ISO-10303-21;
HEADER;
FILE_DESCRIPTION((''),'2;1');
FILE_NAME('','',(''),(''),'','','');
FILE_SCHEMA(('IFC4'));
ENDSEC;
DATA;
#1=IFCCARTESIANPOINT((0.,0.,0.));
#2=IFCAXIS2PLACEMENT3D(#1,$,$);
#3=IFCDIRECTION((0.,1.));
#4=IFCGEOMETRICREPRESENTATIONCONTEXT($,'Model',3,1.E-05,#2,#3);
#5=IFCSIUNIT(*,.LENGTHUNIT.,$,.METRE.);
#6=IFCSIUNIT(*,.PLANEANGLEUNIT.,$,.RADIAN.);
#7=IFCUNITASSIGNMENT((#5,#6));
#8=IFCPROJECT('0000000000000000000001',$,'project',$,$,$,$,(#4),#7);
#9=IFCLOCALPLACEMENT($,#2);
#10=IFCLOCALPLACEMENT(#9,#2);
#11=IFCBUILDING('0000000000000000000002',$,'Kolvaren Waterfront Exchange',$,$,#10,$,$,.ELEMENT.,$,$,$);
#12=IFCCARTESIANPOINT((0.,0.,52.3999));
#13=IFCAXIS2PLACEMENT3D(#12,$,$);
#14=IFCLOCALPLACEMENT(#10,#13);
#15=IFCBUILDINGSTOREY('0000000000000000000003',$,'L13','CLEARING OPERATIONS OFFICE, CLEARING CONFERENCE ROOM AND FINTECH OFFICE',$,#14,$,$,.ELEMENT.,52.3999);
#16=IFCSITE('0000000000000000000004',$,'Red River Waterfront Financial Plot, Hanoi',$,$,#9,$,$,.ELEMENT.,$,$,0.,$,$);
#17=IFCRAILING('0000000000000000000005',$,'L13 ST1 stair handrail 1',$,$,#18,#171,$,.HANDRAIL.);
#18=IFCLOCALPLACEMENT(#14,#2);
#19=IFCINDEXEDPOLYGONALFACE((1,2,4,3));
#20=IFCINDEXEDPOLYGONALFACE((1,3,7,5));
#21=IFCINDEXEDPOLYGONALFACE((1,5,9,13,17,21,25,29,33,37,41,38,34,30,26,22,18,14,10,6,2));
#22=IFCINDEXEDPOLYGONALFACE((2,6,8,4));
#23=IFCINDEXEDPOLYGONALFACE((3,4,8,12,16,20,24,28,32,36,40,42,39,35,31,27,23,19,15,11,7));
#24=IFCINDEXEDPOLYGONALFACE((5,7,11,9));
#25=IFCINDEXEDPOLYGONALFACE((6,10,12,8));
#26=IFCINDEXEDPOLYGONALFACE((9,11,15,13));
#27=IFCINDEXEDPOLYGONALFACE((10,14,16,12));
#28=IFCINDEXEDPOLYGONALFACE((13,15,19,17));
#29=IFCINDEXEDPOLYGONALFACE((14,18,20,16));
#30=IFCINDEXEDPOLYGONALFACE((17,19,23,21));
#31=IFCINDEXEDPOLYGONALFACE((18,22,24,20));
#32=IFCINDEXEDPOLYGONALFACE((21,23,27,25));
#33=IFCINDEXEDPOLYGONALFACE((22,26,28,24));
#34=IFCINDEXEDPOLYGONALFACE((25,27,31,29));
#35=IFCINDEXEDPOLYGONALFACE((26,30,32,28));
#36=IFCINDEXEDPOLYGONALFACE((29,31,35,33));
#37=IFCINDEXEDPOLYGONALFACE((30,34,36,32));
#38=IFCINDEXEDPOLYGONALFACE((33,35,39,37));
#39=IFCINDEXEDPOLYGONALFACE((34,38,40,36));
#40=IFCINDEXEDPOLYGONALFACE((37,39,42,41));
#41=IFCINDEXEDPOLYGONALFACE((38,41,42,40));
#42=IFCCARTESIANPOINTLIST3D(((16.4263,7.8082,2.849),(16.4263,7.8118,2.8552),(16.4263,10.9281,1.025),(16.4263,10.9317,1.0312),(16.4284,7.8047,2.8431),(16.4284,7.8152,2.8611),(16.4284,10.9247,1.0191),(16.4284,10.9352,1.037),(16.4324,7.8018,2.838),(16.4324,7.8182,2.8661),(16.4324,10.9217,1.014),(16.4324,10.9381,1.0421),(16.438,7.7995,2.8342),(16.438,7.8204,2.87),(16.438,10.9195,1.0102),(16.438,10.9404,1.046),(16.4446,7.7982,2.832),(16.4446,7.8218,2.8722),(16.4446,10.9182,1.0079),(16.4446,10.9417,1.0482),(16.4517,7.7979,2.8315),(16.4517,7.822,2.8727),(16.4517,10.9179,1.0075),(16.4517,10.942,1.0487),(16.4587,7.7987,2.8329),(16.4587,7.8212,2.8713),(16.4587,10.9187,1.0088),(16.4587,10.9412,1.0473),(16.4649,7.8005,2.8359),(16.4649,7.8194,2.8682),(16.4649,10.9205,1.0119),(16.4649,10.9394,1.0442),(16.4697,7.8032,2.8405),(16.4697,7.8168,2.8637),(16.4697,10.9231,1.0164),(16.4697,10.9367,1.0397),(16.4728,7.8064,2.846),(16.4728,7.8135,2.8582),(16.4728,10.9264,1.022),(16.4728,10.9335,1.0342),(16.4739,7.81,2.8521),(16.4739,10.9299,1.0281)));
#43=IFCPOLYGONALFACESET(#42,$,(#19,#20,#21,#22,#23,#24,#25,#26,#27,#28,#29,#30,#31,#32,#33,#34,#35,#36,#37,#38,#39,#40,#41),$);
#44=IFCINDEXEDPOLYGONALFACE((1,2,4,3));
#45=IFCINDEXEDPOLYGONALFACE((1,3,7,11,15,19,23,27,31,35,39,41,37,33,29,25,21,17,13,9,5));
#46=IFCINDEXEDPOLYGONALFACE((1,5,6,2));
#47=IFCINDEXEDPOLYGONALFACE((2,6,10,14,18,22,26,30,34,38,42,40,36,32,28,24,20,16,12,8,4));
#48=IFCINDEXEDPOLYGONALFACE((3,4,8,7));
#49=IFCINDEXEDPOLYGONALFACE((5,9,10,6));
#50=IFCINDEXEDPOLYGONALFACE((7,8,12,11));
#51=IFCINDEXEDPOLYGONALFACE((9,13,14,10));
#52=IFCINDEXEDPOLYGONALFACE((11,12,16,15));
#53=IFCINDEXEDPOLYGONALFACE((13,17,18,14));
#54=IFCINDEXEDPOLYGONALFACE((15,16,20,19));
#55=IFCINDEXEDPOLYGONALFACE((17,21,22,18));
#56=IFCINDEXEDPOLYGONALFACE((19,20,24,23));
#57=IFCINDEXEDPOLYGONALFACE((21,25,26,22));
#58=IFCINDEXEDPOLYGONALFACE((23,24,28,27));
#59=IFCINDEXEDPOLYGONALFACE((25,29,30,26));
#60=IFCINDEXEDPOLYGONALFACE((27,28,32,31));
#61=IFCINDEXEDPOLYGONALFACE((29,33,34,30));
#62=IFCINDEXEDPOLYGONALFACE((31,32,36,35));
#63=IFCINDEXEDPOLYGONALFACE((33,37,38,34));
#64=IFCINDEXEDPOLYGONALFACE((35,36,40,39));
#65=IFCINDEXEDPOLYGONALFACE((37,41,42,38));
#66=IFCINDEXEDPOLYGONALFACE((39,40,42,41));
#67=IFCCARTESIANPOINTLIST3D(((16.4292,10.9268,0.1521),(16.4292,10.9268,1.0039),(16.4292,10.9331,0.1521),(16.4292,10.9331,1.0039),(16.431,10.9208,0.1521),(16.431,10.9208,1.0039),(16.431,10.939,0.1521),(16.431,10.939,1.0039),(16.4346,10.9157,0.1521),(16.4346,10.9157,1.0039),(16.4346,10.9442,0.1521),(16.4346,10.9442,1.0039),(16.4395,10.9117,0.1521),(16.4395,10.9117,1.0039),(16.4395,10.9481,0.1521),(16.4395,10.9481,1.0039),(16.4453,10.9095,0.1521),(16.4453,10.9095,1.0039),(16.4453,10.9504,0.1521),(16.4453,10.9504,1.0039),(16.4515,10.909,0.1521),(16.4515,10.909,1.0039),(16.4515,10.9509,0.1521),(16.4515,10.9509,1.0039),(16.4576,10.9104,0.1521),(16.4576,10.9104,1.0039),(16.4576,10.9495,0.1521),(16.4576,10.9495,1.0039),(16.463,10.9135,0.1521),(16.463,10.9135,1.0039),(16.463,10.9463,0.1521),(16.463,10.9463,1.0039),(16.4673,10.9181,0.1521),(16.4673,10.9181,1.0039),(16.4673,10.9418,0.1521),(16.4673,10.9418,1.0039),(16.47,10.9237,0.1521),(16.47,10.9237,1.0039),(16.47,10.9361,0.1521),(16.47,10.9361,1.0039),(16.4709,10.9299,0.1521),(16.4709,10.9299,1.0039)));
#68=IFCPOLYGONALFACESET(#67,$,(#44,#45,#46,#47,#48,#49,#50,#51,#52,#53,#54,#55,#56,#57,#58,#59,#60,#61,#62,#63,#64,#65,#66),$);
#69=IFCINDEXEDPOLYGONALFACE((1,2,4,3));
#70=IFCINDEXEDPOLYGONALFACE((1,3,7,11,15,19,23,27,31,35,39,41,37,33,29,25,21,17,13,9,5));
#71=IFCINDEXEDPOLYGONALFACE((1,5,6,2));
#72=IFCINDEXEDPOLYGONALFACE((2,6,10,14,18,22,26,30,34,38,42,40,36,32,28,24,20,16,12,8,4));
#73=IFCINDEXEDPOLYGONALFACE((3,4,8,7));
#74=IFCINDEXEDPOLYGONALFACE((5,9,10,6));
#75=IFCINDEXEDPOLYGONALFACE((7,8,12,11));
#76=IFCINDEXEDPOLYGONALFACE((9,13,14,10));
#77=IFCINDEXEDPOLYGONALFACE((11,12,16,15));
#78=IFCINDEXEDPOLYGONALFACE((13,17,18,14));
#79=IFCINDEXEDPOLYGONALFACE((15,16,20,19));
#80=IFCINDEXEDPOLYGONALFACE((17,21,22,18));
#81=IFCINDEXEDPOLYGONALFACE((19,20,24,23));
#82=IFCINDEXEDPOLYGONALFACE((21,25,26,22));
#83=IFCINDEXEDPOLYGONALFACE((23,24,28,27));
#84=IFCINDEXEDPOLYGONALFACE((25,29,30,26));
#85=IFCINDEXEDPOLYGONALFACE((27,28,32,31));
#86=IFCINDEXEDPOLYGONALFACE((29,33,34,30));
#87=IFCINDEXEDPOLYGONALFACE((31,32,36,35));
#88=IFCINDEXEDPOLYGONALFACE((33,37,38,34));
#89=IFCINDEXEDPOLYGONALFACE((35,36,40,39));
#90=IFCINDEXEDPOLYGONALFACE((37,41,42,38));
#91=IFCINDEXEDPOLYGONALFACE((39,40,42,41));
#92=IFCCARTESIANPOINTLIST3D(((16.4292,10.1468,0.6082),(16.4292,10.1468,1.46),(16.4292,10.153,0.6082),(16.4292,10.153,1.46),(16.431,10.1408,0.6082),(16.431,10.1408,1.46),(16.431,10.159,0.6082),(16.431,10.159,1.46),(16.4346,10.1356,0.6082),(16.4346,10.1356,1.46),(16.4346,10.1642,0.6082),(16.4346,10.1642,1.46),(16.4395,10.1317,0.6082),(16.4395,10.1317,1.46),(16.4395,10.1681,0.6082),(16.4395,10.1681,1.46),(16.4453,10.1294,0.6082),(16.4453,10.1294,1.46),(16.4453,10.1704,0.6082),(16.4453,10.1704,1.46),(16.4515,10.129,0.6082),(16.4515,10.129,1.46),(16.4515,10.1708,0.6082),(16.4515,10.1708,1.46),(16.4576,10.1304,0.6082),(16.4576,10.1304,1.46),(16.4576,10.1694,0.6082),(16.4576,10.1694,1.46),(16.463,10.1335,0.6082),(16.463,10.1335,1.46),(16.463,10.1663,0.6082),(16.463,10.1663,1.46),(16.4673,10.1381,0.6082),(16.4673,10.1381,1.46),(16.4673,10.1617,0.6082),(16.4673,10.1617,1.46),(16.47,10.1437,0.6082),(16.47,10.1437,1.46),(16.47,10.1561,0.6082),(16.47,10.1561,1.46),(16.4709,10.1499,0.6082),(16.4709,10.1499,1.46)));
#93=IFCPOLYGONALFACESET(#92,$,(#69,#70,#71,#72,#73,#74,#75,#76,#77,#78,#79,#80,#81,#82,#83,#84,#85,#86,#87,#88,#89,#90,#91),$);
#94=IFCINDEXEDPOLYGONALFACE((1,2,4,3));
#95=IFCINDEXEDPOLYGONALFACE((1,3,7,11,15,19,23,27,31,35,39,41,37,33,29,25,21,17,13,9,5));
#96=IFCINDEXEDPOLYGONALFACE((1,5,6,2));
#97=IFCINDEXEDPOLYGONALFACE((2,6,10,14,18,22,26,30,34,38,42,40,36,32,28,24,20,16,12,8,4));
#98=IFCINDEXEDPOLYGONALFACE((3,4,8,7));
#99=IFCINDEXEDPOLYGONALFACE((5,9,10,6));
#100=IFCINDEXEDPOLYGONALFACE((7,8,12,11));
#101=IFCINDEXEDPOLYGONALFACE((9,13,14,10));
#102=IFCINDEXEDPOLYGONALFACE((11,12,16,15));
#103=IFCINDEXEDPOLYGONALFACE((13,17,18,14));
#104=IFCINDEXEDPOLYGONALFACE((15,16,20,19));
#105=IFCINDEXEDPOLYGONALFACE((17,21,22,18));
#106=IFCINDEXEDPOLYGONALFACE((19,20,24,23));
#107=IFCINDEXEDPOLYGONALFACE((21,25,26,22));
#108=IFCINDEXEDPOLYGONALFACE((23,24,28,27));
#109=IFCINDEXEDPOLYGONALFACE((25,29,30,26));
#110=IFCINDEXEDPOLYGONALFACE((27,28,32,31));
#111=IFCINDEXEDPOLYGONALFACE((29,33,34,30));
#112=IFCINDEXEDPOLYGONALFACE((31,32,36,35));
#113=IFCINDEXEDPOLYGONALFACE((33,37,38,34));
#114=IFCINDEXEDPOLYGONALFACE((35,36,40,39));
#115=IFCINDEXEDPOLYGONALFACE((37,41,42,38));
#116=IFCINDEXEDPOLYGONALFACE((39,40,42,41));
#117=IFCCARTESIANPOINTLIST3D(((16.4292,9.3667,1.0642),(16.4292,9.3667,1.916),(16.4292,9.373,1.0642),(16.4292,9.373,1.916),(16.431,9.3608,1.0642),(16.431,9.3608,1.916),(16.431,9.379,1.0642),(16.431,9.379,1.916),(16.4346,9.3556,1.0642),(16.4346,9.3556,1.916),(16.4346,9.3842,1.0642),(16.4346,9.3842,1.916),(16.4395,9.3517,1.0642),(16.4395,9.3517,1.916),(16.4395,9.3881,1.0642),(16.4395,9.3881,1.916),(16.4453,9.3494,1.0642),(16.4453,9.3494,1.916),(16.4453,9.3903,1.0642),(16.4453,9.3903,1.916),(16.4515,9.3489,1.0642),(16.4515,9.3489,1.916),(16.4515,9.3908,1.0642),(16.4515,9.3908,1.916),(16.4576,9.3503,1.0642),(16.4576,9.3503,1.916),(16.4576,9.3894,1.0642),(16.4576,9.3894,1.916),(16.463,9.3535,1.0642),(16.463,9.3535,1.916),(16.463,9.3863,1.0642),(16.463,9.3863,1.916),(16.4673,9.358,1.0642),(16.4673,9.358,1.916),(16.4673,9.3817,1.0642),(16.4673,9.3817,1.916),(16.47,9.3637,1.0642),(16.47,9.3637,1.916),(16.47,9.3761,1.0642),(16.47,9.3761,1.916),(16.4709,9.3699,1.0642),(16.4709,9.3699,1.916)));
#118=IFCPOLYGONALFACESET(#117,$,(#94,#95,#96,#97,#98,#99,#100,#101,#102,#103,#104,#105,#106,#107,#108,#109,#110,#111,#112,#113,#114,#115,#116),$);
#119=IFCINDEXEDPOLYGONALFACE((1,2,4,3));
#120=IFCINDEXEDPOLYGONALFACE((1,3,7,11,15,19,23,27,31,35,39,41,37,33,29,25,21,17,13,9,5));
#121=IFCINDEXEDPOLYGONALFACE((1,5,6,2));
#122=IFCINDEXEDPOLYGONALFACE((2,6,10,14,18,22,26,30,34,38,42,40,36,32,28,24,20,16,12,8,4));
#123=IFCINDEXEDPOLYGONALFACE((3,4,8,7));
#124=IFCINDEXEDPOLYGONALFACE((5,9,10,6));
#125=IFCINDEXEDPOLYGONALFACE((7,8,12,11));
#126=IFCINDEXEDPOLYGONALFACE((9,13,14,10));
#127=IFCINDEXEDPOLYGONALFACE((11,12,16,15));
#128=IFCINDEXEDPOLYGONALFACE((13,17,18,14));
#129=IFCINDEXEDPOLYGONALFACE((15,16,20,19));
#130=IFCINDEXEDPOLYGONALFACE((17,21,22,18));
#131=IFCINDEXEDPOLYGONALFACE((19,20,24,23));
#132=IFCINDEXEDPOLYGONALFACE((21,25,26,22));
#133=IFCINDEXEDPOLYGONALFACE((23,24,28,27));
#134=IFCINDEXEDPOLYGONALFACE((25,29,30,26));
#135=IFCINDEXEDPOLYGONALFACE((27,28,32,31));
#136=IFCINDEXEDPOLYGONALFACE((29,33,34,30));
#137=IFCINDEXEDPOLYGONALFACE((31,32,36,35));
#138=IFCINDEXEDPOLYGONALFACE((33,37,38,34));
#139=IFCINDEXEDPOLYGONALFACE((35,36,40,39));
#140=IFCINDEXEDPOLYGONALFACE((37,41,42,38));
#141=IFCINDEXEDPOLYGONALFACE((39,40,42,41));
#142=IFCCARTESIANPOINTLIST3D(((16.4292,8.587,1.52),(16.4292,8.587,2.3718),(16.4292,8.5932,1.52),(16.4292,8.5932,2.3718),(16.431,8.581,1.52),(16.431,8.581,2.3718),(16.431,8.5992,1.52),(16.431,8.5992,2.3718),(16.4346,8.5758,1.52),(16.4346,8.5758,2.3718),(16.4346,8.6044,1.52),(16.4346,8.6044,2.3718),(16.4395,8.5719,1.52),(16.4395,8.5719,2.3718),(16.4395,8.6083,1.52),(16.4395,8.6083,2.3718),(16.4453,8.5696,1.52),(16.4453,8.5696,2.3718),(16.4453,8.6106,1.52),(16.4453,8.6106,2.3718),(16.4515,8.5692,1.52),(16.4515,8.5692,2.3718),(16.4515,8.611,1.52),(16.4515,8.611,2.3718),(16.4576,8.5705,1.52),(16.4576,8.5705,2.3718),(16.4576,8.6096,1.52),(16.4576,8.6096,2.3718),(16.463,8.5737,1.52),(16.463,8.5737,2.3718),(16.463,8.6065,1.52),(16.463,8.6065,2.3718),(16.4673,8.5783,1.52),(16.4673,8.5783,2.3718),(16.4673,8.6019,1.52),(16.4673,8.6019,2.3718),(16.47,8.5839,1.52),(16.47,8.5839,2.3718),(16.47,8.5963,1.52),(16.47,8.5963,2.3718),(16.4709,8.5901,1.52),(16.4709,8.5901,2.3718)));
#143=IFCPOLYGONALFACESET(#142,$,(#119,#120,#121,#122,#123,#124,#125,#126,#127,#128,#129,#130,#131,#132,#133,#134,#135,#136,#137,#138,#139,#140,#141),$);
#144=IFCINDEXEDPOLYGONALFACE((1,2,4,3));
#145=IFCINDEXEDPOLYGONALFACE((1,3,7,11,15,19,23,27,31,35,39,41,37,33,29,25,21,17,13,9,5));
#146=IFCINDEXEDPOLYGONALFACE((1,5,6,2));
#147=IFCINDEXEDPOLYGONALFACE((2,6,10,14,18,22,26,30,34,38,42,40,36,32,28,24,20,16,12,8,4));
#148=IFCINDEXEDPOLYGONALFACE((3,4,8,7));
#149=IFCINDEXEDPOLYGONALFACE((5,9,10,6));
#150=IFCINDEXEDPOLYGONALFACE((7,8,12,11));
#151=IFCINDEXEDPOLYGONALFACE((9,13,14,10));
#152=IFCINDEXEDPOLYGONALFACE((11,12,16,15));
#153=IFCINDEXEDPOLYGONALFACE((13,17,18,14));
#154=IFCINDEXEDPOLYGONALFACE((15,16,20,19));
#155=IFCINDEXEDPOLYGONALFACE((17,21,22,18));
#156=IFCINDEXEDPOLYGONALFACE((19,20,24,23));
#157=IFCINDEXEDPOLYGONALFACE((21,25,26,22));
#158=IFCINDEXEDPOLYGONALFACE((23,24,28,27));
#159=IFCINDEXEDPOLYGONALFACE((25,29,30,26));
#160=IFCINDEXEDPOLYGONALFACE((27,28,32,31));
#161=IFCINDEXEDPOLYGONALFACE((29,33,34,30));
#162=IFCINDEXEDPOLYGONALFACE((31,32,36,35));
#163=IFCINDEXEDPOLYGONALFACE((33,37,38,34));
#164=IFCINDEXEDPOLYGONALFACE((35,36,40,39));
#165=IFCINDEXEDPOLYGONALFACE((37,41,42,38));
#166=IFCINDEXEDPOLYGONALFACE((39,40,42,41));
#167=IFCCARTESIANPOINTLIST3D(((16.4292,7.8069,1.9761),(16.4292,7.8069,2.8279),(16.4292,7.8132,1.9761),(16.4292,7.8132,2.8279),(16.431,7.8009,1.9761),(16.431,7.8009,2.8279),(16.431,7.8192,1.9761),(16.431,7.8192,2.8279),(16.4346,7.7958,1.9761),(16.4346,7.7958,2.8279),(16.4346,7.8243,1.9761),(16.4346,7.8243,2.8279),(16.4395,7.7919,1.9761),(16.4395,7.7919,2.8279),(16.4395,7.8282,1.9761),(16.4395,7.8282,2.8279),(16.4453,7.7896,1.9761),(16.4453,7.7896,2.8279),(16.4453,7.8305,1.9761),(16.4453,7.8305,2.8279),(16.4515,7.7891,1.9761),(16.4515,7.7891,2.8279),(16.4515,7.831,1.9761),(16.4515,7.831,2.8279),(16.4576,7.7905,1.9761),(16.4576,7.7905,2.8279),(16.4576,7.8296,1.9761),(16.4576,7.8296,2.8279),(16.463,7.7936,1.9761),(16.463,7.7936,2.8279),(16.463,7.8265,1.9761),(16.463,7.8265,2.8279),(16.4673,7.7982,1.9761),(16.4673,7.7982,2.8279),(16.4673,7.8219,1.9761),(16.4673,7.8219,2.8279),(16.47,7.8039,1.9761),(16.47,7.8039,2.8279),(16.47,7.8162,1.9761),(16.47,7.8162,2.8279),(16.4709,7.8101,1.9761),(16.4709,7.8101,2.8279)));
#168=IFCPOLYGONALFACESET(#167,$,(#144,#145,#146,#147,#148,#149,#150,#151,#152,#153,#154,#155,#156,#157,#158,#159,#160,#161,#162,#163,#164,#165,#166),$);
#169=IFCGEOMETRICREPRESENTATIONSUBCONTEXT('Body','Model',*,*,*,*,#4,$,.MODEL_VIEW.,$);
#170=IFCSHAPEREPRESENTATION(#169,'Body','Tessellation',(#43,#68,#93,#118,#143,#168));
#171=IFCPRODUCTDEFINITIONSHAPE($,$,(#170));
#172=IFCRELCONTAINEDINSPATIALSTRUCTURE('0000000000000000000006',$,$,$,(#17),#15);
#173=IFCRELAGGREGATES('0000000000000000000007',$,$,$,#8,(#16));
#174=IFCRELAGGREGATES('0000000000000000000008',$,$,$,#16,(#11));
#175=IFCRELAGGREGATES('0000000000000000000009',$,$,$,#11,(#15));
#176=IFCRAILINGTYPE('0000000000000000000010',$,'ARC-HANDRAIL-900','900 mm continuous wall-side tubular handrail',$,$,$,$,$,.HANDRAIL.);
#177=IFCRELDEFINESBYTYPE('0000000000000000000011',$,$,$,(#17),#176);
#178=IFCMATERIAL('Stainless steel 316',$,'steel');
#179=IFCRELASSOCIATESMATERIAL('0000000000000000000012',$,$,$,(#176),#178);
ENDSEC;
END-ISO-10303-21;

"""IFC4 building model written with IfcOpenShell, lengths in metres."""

from ifc_helpers import new_model, si_unit, direction, frame, origin, origin_2d, place, context, subcontext, project, spatial, circle, extrude, material, type_object, element, save


model = new_model("IFC4")

# Units and contexts
model_context = context("Model", 3, precision=1e-05, world=origin(), true_north=direction((0.0, 1.0)))
body_context = subcontext(model_context, "Body", "Model", "MODEL_VIEW")
ifc_project = project(units=[si_unit("LENGTHUNIT", "METRE"), si_unit("PLANEANGLEUNIT", "RADIAN")], contexts=[model_context])

# Site, building, storey
site_placement = place(None, origin())
site = spatial("IfcSite", under=ifc_project, at=site_placement, Name="Red River Waterfront Financial Plot, Hanoi", CompositionType="ELEMENT", RefElevation=0.0)
building_placement = place(site_placement, origin())
building = spatial("IfcBuilding", under=site, at=building_placement, Name="Kolvaren Waterfront Exchange", CompositionType="ELEMENT")
storey_placement = place(building_placement, frame((0.0, 0.0, 52.3999)))
storey = spatial("IfcBuildingStorey", under=building, at=storey_placement, Name="L13", Description="CLEARING OPERATIONS OFFICE, CLEARING CONFERENCE ROOM AND FINTECH OFFICE", CompositionType="ELEMENT", Elevation=52.3999)

# Railing
ifc_material_1 = material(Name="Stainless steel 316", Category="steel")
railing_type_1 = type_object("IfcRailingType", Name="ARC-HANDRAIL-900", Description="900 mm continuous wall-side tubular handrail", PredefinedType="HANDRAIL", material=ifc_material_1)
railing_1_placement = place(storey_placement, frame((16.45, 10.9299, 0.1521)))
element("IfcRailing", 1, at=railing_1_placement, inside=storey, type_object=railing_type_1, Name="L13 ST1 stair handrail 1", PredefinedType="HANDRAIL", context=body_context, shape_type="SweptSolid", body=[
    extrude(circle(Radius=0.0239, at=origin_2d()), frame((0.0, 0.0, 0.876), z_axis=(0.0, -0.863291, 0.504707), x_axis=(1.0, 0.0, 0.0)), (0.0, 0.0, 1.0), 3.614),
    extrude(circle(Radius=0.021, at=origin_2d()), origin(), (0.0, 0.0, 1.0), 0.8518),
    extrude(circle(Radius=0.021, at=origin_2d()), frame((0.0, -0.78, 0.4561)), (0.0, 0.0, 1.0), 0.8518),
    extrude(circle(Radius=0.021, at=origin_2d()), frame((0.0, -1.5601, 0.9121)), (0.0, 0.0, 1.0), 0.8518),
    extrude(circle(Radius=0.021, at=origin_2d()), frame((0.0, -2.3398, 1.3679)), (0.0, 0.0, 1.0), 0.8518),
    extrude(circle(Radius=0.021, at=origin_2d()), frame((0.0, -3.1199, 1.824)), (0.0, 0.0, 1.0), 0.8518),
])

save(model, "model.ifc")
